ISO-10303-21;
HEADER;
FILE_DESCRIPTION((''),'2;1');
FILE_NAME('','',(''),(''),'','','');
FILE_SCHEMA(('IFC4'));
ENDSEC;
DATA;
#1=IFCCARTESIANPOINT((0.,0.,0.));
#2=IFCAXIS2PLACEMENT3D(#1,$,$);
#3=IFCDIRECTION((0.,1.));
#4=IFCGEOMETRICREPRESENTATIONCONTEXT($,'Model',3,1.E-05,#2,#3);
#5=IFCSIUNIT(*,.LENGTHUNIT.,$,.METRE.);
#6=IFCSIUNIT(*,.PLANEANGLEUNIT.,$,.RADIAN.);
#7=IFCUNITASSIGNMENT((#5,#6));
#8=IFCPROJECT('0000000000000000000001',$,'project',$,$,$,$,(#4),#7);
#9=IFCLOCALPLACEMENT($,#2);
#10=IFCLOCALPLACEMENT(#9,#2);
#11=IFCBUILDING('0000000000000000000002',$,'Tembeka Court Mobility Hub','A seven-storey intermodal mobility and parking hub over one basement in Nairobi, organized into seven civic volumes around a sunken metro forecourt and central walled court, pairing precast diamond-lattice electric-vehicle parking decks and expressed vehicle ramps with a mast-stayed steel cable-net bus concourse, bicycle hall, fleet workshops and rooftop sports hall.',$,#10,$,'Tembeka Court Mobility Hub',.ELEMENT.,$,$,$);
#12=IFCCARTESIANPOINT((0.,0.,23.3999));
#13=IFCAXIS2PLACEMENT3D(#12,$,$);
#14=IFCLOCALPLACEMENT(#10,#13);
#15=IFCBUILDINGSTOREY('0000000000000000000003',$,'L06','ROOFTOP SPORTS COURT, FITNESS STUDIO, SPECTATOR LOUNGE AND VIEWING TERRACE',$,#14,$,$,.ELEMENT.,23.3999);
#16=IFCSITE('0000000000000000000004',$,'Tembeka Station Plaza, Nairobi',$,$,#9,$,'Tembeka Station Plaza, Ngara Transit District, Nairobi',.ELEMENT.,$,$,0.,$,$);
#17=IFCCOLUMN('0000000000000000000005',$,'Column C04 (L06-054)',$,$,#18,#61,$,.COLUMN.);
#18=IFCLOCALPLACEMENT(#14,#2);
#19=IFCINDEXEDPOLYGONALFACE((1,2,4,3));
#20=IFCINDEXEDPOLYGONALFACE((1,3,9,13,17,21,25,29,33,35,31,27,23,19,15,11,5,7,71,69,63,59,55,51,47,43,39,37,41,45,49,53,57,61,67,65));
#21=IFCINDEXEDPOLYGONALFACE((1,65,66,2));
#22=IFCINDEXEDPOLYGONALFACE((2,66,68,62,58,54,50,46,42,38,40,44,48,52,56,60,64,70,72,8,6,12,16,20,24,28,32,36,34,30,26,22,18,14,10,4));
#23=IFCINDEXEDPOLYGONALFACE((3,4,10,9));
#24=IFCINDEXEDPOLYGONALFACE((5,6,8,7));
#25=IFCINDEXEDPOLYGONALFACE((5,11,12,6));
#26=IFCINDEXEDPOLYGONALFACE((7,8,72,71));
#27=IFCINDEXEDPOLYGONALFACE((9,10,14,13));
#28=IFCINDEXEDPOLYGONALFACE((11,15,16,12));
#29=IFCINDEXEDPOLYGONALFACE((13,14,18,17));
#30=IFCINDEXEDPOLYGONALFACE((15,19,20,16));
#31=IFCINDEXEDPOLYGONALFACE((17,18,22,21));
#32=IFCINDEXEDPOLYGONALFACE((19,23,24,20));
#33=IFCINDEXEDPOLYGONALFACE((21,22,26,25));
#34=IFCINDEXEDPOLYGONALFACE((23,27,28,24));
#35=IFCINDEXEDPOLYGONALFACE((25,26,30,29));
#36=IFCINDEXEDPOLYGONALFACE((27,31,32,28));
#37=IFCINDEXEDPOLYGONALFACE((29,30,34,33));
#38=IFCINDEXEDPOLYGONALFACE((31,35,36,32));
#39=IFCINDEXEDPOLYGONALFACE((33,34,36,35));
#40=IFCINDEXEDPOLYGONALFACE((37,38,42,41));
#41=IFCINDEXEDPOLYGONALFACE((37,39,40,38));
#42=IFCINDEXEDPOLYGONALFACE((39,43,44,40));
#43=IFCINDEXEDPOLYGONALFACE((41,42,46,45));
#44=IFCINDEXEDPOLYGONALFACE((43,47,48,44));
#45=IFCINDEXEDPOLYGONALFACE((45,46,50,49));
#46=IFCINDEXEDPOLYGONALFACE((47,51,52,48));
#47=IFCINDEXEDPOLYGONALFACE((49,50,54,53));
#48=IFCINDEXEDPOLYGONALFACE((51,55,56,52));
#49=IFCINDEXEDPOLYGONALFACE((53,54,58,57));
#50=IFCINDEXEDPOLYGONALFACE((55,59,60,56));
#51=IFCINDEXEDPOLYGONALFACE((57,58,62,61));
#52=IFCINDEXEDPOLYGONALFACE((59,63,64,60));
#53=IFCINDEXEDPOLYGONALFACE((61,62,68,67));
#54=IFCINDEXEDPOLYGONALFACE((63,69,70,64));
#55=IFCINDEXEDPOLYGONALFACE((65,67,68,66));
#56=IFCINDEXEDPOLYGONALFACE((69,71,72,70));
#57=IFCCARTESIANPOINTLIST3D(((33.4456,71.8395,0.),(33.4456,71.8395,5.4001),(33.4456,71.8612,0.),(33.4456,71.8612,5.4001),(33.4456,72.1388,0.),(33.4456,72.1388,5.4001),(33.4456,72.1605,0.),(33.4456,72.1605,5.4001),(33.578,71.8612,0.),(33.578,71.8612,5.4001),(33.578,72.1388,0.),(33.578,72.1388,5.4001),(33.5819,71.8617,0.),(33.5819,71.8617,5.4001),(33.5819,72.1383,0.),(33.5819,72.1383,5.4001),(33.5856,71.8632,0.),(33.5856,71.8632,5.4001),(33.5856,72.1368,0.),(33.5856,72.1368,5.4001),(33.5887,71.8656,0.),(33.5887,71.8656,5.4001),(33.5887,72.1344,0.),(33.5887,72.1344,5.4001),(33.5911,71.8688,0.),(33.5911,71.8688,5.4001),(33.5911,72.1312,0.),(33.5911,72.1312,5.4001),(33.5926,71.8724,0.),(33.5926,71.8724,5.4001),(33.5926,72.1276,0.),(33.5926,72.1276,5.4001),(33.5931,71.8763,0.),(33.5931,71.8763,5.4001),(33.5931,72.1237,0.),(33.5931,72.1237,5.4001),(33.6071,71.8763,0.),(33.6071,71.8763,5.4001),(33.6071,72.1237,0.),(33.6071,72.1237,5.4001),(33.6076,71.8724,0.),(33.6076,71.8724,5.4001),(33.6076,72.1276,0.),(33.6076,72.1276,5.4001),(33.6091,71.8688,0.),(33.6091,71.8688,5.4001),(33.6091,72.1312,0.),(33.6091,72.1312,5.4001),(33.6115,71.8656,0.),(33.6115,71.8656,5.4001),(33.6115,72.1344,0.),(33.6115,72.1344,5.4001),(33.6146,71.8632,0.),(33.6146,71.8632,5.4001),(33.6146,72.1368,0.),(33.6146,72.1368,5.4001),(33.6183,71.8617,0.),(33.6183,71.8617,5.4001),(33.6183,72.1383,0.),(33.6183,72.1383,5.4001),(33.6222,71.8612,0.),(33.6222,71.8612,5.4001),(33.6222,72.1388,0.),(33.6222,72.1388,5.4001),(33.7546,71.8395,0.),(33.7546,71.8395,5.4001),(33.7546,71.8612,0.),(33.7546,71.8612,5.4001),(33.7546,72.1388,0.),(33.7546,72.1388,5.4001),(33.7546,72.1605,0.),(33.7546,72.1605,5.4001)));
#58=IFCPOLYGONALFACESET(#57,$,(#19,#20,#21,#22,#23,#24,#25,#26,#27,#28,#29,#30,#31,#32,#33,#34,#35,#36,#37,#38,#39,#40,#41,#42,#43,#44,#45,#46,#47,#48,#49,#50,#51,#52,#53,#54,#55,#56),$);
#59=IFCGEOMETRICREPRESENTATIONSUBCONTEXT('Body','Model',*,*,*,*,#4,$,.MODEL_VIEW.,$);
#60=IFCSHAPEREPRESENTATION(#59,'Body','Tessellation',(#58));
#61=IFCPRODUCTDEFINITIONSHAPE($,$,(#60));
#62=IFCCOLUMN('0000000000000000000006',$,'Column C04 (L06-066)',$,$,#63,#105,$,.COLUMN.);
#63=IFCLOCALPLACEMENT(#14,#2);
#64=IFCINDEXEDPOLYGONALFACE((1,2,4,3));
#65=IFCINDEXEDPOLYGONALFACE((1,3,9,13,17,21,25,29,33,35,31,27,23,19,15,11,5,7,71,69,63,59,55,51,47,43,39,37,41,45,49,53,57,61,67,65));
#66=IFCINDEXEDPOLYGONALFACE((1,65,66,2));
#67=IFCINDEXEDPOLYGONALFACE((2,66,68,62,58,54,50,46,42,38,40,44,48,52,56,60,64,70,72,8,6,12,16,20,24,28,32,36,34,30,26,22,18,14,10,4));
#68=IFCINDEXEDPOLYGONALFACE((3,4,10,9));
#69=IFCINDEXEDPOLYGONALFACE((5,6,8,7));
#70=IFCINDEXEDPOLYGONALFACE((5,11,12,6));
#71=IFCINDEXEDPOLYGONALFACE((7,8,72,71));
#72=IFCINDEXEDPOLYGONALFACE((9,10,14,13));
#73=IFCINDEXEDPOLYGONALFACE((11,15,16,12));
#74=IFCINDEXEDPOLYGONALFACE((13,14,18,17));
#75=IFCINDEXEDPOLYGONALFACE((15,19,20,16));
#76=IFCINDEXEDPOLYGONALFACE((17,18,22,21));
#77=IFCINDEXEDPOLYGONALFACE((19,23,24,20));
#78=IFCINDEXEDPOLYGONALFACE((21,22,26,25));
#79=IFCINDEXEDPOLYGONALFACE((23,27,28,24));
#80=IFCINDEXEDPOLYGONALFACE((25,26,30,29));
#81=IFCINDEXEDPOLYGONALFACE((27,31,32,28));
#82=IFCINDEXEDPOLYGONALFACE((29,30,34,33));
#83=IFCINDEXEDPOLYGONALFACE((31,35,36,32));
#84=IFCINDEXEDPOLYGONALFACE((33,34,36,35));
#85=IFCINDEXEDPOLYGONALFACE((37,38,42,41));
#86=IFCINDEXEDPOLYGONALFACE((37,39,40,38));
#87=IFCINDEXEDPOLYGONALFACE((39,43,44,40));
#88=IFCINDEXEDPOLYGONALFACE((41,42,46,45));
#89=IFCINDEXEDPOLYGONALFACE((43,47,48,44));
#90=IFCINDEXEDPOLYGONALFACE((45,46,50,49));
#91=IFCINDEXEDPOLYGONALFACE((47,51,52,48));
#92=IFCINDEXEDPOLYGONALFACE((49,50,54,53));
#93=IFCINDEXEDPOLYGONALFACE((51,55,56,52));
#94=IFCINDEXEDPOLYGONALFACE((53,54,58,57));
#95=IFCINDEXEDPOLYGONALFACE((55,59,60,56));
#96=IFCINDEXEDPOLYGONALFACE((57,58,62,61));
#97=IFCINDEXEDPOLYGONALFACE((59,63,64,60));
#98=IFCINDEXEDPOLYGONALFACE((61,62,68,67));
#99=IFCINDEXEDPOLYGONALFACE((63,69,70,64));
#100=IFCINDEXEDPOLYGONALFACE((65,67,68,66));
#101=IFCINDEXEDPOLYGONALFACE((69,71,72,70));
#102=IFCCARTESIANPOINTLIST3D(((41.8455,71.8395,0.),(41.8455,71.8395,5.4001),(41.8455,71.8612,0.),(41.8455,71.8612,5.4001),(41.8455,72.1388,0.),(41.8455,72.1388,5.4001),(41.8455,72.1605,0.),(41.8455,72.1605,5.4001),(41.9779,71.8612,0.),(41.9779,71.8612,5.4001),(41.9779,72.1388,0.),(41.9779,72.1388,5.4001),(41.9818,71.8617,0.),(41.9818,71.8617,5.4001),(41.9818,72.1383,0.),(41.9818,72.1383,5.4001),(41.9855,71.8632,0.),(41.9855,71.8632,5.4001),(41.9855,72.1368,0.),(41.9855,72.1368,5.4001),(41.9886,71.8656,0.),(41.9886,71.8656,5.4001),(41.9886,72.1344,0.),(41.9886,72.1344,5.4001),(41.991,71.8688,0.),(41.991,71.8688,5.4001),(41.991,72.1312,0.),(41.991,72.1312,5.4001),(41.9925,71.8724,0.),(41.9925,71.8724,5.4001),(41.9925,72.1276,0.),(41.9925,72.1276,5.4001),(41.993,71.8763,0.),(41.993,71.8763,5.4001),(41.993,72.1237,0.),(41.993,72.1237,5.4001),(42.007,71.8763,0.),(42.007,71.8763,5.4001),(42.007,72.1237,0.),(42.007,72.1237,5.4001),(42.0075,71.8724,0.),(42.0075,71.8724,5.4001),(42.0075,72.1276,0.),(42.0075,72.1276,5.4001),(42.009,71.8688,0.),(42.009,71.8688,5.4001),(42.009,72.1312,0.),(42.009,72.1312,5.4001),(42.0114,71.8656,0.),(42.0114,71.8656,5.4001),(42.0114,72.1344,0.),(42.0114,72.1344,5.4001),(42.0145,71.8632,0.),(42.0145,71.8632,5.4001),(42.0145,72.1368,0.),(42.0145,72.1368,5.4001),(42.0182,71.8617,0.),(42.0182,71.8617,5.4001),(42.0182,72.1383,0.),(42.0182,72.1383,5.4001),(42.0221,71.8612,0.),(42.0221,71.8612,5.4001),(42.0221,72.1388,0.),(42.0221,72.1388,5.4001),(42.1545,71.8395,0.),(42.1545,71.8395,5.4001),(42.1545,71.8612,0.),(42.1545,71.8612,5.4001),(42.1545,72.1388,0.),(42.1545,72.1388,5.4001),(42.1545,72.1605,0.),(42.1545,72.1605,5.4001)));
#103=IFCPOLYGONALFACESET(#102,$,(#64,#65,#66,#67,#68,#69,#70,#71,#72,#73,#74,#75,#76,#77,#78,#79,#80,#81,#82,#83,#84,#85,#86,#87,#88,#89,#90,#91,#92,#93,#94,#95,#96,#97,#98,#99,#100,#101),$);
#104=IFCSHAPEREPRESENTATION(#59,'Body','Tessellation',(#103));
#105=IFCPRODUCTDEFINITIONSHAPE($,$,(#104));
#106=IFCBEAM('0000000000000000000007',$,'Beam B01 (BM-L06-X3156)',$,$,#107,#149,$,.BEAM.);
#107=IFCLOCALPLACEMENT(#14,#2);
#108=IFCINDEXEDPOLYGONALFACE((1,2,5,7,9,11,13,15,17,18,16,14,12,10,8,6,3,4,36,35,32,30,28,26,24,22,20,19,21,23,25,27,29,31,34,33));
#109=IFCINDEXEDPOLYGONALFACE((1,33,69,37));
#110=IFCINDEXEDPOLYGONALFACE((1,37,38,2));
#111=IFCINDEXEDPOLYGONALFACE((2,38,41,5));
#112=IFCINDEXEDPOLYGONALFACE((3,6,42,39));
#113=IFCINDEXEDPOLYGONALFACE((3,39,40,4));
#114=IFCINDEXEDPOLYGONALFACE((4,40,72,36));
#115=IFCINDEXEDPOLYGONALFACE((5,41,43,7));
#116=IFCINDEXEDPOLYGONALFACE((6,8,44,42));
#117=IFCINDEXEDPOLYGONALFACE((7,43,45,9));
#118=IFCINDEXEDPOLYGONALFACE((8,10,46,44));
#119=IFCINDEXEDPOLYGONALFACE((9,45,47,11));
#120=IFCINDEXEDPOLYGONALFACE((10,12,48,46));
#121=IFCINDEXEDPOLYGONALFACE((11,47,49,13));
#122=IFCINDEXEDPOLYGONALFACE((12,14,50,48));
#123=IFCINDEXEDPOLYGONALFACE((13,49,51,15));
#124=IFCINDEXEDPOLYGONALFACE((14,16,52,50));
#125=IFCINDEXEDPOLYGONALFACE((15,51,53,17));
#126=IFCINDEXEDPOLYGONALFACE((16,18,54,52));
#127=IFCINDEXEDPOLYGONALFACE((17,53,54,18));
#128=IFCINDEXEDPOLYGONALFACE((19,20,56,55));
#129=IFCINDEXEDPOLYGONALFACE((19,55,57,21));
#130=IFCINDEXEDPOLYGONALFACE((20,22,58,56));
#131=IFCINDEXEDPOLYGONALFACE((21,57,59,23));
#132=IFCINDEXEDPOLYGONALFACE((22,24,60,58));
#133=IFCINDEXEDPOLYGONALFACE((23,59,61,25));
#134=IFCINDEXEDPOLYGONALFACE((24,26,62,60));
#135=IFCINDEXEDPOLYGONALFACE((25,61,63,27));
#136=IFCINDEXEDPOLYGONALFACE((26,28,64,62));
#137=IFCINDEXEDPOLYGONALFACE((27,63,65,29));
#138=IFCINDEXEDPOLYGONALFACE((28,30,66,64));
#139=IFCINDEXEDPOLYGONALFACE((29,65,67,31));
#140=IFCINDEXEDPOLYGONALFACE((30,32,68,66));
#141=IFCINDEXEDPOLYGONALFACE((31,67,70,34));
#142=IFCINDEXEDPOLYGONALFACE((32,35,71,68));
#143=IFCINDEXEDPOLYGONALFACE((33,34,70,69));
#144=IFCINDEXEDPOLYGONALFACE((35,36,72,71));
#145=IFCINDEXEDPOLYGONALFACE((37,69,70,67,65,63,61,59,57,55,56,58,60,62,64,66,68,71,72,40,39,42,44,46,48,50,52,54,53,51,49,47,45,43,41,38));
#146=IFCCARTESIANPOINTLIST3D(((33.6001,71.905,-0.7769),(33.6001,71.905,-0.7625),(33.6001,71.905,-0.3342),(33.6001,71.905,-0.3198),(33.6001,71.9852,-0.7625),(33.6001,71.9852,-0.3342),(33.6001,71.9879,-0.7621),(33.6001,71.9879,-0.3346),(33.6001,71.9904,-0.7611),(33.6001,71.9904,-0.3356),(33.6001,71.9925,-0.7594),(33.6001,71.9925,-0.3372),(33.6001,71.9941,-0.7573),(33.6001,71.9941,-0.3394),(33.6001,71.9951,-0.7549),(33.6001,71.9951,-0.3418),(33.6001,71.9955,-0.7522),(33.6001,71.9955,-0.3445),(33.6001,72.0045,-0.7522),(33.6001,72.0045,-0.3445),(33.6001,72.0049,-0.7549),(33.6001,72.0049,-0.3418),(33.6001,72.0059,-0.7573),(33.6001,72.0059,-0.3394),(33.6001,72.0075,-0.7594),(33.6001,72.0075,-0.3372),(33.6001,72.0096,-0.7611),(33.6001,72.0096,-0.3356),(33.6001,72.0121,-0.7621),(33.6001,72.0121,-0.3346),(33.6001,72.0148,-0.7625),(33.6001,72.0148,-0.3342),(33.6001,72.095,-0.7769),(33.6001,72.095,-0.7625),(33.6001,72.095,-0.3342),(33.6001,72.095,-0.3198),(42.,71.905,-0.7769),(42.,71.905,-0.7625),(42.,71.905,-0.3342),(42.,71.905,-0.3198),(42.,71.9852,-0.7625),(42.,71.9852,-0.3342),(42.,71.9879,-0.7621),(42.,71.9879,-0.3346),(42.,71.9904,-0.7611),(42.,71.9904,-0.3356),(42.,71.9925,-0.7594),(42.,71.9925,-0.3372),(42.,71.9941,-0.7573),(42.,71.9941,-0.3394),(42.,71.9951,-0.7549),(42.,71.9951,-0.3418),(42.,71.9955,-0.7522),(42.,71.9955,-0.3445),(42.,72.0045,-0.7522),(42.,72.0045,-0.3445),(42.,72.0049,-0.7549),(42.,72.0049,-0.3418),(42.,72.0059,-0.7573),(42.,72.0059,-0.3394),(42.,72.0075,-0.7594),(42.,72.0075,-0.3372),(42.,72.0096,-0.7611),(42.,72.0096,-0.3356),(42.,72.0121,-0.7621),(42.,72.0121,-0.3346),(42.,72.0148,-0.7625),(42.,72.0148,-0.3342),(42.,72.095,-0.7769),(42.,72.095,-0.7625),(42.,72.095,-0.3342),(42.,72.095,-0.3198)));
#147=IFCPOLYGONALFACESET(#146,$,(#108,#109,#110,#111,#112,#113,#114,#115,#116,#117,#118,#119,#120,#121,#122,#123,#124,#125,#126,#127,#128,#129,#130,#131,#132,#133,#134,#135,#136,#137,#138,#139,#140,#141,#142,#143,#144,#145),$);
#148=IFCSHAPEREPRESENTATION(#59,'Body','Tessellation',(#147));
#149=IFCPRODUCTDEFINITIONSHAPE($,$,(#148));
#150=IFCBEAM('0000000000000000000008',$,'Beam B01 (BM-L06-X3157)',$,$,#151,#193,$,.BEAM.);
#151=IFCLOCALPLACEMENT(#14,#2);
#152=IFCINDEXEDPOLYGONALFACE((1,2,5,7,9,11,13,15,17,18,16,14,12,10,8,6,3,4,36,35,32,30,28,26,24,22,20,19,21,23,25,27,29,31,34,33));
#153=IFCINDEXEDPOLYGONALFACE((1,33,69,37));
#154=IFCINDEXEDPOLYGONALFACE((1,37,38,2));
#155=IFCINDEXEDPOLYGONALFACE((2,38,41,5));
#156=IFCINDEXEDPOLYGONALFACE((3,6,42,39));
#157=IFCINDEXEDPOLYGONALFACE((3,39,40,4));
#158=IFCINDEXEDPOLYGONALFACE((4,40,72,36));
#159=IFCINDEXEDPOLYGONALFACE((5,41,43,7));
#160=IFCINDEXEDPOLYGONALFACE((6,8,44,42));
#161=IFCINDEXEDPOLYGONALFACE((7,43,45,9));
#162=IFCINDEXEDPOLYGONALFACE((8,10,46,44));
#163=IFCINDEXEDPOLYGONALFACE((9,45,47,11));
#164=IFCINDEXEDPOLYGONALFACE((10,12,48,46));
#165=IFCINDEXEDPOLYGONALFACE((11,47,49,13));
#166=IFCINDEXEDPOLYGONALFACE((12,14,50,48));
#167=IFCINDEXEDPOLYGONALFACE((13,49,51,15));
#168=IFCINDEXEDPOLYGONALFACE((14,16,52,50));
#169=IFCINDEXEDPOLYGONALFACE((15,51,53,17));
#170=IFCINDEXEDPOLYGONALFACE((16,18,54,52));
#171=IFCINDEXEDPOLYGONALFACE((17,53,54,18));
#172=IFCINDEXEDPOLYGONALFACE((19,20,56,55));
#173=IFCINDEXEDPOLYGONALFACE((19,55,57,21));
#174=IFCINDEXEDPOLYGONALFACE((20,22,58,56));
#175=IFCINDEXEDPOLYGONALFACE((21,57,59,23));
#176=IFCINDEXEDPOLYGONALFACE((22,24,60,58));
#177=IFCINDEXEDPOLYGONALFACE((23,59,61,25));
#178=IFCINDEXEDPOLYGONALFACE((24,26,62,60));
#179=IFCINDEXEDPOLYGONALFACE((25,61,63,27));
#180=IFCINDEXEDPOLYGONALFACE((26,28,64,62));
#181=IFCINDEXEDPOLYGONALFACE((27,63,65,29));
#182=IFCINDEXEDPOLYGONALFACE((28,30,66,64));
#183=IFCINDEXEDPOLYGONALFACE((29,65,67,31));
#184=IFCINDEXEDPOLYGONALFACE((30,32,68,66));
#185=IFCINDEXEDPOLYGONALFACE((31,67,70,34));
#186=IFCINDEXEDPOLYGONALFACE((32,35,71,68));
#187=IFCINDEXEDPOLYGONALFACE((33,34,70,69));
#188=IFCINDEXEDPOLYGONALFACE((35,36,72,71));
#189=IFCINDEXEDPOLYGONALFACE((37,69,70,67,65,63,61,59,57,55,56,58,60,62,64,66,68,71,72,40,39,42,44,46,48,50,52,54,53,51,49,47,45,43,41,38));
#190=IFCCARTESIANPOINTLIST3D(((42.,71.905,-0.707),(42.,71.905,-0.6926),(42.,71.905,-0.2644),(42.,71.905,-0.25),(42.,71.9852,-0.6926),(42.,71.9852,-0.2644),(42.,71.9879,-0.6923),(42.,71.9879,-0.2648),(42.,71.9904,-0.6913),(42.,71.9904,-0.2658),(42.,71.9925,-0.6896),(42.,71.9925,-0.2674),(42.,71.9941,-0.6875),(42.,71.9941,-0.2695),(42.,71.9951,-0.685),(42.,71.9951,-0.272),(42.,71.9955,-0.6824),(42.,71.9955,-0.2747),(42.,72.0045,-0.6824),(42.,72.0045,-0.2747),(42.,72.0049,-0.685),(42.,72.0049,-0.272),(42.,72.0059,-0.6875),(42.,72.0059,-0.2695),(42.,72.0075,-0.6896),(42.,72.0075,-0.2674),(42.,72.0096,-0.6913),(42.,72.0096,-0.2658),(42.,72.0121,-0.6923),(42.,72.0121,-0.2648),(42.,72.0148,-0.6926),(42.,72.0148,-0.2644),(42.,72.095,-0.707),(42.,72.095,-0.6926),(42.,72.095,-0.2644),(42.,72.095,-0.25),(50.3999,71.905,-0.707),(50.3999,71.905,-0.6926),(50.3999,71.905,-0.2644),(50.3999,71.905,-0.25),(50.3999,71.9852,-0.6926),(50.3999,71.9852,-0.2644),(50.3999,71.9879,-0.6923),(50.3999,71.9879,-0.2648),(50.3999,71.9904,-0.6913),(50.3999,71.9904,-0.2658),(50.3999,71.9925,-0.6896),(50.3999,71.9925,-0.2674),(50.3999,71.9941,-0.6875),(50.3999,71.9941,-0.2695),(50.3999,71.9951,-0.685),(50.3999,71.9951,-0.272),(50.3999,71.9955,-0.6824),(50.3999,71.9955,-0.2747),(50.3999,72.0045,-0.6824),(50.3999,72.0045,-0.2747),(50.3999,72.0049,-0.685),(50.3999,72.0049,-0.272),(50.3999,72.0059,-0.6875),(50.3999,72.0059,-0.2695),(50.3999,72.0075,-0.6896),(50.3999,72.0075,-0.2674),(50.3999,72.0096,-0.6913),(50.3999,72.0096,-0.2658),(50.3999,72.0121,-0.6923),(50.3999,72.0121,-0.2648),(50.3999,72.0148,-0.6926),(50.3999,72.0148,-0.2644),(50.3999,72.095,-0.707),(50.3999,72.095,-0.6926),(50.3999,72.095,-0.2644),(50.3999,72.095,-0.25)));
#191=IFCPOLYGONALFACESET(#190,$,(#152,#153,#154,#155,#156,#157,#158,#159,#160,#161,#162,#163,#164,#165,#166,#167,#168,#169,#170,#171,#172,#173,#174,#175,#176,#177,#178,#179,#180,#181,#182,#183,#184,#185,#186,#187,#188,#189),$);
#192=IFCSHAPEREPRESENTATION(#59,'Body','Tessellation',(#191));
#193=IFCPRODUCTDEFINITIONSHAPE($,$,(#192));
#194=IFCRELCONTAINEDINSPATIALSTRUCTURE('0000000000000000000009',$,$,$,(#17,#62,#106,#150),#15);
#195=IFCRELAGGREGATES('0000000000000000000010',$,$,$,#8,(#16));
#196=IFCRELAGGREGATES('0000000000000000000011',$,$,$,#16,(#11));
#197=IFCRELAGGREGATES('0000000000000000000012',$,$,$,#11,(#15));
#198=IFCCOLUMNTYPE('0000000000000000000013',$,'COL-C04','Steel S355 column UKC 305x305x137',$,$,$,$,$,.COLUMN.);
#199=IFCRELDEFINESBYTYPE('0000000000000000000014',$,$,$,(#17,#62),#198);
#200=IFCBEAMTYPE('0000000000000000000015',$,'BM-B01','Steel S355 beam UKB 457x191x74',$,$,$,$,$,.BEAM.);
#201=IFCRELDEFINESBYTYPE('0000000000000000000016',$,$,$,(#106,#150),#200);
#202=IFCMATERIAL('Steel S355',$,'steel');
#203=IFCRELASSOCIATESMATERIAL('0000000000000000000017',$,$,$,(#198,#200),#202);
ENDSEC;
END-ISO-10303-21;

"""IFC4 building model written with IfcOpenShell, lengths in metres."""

from ifc_helpers import new_model, si_unit, direction, frame, origin, origin_2d, place, context, subcontext, project, spatial, i_section, extrude, material, material_profile, profile_set, type_object, element, save


model = new_model("IFC4")

# Units and contexts
model_context = context("Model", 3, precision=1e-05, world=origin(), true_north=direction((0.0, 1.0)))
body_context = subcontext(model_context, "Body", "Model", "MODEL_VIEW")
ifc_project = project(units=[si_unit("LENGTHUNIT", "METRE"), si_unit("PLANEANGLEUNIT", "RADIAN")], contexts=[model_context])

# Site, building, storey
site_placement = place(None, origin())
site = spatial("IfcSite", under=ifc_project, at=site_placement, Name="Tembeka Station Plaza, Nairobi", LongName="Tembeka Station Plaza, Ngara Transit District, Nairobi", CompositionType="ELEMENT", RefElevation=0.0)
building_placement = place(site_placement, origin())
building = spatial("IfcBuilding", under=site, at=building_placement, Name="Tembeka Court Mobility Hub", Description="A seven-storey intermodal mobility and parking hub over one basement in Nairobi, organized into seven civic volumes around a sunken metro forecourt and central walled court, pairing precast diamond-lattice electric-vehicle parking decks and expressed vehicle ramps with a mast-stayed steel cable-net bus concourse, bicycle hall, fleet workshops and rooftop sports hall.", LongName="Tembeka Court Mobility Hub", CompositionType="ELEMENT")
storey_placement = place(building_placement, frame((0.0, 0.0, 23.3999)))
storey = spatial("IfcBuildingStorey", under=building, at=storey_placement, Name="L06", Description="ROOFTOP SPORTS COURT, FITNESS STUDIO, SPECTATOR LOUNGE AND VIEWING TERRACE", CompositionType="ELEMENT", Elevation=23.3999)

# Columns
ifc_material_1 = material(Name="Steel S355", Category="steel")
ifc_material_profile_1 = material_profile(ifc_material_1, i_section(OverallWidth=0.3091, OverallDepth=0.321, WebThickness=0.0139, FlangeThickness=0.0217, FilletRadius=0.0151, at=origin_2d()), Name="UKC 305x305x137")
ifc_profile_set_1 = profile_set([ifc_material_profile_1], Name="Steel S355")
column_type = type_object("IfcColumnType", Name="COL-C04", Description="Steel S355 column UKC 305x305x137", PredefinedType="COLUMN", material=ifc_profile_set_1)
for number, where, z_axis, x_axis, name in (
    (1, (33.6001, 72.0, 0.0), (0.0, 0.0, 1.0), (1.0, 0.0, 0.0), "Column C04 (L06-054)"),
    (2, (42.0, 72.0, 0.0), (0.0, 0.0, 1.0), (1.0, 0.0, 0.0), "Column C04 (L06-066)"),
):
    element("IfcColumn", number, at=place(storey_placement, frame(where, z_axis=z_axis, x_axis=x_axis)), inside=storey, type_object=column_type, Name=name, PredefinedType="COLUMN", context=body_context, shape_type="SweptSolid", body=[
        extrude(i_section(OverallWidth=0.3091, OverallDepth=0.321, WebThickness=0.0139, FlangeThickness=0.0217, FilletRadius=0.0151, at=origin_2d()), origin(), (0.0, 0.0, 1.0), 5.4001),
    ])

# Beams
ifc_material_profile_2 = material_profile(ifc_material_1, i_section(OverallWidth=0.1899, OverallDepth=0.457, WebThickness=0.009, FlangeThickness=0.0144, FilletRadius=0.0103, at=origin_2d()), Name="UKB 457x191x74")
ifc_profile_set_2 = profile_set([ifc_material_profile_2], Name="Steel S355")
beam_type_1 = type_object("IfcBeamType", Name="BM-B01", Description="Steel S355 beam UKB 457x191x74", PredefinedType="BEAM", material=ifc_profile_set_2)
for number, where, z_axis, x_axis, name in (
    (3, (33.6001, 72.0, -0.5483), (1.0, 0.0, 0.0), (0.0, 1.0, 0.0), "Beam B01 (BM-L06-X3156)"),
    (4, (42.0, 72.0, -0.4785), (1.0, 0.0, 0.0), (0.0, 1.0, 0.0), "Beam B01 (BM-L06-X3157)"),
):
    element("IfcBeam", number, at=place(storey_placement, frame(where, z_axis=z_axis, x_axis=x_axis)), inside=storey, type_object=beam_type_1, Name=name, PredefinedType="BEAM", context=body_context, shape_type="SweptSolid", body=[
        extrude(i_section(OverallWidth=0.1899, OverallDepth=0.457, WebThickness=0.009, FlangeThickness=0.0144, FilletRadius=0.0103, at=origin_2d()), origin(), (0.0, 0.0, 1.0), 8.3999),
    ])

save(model, "model.ifc")
